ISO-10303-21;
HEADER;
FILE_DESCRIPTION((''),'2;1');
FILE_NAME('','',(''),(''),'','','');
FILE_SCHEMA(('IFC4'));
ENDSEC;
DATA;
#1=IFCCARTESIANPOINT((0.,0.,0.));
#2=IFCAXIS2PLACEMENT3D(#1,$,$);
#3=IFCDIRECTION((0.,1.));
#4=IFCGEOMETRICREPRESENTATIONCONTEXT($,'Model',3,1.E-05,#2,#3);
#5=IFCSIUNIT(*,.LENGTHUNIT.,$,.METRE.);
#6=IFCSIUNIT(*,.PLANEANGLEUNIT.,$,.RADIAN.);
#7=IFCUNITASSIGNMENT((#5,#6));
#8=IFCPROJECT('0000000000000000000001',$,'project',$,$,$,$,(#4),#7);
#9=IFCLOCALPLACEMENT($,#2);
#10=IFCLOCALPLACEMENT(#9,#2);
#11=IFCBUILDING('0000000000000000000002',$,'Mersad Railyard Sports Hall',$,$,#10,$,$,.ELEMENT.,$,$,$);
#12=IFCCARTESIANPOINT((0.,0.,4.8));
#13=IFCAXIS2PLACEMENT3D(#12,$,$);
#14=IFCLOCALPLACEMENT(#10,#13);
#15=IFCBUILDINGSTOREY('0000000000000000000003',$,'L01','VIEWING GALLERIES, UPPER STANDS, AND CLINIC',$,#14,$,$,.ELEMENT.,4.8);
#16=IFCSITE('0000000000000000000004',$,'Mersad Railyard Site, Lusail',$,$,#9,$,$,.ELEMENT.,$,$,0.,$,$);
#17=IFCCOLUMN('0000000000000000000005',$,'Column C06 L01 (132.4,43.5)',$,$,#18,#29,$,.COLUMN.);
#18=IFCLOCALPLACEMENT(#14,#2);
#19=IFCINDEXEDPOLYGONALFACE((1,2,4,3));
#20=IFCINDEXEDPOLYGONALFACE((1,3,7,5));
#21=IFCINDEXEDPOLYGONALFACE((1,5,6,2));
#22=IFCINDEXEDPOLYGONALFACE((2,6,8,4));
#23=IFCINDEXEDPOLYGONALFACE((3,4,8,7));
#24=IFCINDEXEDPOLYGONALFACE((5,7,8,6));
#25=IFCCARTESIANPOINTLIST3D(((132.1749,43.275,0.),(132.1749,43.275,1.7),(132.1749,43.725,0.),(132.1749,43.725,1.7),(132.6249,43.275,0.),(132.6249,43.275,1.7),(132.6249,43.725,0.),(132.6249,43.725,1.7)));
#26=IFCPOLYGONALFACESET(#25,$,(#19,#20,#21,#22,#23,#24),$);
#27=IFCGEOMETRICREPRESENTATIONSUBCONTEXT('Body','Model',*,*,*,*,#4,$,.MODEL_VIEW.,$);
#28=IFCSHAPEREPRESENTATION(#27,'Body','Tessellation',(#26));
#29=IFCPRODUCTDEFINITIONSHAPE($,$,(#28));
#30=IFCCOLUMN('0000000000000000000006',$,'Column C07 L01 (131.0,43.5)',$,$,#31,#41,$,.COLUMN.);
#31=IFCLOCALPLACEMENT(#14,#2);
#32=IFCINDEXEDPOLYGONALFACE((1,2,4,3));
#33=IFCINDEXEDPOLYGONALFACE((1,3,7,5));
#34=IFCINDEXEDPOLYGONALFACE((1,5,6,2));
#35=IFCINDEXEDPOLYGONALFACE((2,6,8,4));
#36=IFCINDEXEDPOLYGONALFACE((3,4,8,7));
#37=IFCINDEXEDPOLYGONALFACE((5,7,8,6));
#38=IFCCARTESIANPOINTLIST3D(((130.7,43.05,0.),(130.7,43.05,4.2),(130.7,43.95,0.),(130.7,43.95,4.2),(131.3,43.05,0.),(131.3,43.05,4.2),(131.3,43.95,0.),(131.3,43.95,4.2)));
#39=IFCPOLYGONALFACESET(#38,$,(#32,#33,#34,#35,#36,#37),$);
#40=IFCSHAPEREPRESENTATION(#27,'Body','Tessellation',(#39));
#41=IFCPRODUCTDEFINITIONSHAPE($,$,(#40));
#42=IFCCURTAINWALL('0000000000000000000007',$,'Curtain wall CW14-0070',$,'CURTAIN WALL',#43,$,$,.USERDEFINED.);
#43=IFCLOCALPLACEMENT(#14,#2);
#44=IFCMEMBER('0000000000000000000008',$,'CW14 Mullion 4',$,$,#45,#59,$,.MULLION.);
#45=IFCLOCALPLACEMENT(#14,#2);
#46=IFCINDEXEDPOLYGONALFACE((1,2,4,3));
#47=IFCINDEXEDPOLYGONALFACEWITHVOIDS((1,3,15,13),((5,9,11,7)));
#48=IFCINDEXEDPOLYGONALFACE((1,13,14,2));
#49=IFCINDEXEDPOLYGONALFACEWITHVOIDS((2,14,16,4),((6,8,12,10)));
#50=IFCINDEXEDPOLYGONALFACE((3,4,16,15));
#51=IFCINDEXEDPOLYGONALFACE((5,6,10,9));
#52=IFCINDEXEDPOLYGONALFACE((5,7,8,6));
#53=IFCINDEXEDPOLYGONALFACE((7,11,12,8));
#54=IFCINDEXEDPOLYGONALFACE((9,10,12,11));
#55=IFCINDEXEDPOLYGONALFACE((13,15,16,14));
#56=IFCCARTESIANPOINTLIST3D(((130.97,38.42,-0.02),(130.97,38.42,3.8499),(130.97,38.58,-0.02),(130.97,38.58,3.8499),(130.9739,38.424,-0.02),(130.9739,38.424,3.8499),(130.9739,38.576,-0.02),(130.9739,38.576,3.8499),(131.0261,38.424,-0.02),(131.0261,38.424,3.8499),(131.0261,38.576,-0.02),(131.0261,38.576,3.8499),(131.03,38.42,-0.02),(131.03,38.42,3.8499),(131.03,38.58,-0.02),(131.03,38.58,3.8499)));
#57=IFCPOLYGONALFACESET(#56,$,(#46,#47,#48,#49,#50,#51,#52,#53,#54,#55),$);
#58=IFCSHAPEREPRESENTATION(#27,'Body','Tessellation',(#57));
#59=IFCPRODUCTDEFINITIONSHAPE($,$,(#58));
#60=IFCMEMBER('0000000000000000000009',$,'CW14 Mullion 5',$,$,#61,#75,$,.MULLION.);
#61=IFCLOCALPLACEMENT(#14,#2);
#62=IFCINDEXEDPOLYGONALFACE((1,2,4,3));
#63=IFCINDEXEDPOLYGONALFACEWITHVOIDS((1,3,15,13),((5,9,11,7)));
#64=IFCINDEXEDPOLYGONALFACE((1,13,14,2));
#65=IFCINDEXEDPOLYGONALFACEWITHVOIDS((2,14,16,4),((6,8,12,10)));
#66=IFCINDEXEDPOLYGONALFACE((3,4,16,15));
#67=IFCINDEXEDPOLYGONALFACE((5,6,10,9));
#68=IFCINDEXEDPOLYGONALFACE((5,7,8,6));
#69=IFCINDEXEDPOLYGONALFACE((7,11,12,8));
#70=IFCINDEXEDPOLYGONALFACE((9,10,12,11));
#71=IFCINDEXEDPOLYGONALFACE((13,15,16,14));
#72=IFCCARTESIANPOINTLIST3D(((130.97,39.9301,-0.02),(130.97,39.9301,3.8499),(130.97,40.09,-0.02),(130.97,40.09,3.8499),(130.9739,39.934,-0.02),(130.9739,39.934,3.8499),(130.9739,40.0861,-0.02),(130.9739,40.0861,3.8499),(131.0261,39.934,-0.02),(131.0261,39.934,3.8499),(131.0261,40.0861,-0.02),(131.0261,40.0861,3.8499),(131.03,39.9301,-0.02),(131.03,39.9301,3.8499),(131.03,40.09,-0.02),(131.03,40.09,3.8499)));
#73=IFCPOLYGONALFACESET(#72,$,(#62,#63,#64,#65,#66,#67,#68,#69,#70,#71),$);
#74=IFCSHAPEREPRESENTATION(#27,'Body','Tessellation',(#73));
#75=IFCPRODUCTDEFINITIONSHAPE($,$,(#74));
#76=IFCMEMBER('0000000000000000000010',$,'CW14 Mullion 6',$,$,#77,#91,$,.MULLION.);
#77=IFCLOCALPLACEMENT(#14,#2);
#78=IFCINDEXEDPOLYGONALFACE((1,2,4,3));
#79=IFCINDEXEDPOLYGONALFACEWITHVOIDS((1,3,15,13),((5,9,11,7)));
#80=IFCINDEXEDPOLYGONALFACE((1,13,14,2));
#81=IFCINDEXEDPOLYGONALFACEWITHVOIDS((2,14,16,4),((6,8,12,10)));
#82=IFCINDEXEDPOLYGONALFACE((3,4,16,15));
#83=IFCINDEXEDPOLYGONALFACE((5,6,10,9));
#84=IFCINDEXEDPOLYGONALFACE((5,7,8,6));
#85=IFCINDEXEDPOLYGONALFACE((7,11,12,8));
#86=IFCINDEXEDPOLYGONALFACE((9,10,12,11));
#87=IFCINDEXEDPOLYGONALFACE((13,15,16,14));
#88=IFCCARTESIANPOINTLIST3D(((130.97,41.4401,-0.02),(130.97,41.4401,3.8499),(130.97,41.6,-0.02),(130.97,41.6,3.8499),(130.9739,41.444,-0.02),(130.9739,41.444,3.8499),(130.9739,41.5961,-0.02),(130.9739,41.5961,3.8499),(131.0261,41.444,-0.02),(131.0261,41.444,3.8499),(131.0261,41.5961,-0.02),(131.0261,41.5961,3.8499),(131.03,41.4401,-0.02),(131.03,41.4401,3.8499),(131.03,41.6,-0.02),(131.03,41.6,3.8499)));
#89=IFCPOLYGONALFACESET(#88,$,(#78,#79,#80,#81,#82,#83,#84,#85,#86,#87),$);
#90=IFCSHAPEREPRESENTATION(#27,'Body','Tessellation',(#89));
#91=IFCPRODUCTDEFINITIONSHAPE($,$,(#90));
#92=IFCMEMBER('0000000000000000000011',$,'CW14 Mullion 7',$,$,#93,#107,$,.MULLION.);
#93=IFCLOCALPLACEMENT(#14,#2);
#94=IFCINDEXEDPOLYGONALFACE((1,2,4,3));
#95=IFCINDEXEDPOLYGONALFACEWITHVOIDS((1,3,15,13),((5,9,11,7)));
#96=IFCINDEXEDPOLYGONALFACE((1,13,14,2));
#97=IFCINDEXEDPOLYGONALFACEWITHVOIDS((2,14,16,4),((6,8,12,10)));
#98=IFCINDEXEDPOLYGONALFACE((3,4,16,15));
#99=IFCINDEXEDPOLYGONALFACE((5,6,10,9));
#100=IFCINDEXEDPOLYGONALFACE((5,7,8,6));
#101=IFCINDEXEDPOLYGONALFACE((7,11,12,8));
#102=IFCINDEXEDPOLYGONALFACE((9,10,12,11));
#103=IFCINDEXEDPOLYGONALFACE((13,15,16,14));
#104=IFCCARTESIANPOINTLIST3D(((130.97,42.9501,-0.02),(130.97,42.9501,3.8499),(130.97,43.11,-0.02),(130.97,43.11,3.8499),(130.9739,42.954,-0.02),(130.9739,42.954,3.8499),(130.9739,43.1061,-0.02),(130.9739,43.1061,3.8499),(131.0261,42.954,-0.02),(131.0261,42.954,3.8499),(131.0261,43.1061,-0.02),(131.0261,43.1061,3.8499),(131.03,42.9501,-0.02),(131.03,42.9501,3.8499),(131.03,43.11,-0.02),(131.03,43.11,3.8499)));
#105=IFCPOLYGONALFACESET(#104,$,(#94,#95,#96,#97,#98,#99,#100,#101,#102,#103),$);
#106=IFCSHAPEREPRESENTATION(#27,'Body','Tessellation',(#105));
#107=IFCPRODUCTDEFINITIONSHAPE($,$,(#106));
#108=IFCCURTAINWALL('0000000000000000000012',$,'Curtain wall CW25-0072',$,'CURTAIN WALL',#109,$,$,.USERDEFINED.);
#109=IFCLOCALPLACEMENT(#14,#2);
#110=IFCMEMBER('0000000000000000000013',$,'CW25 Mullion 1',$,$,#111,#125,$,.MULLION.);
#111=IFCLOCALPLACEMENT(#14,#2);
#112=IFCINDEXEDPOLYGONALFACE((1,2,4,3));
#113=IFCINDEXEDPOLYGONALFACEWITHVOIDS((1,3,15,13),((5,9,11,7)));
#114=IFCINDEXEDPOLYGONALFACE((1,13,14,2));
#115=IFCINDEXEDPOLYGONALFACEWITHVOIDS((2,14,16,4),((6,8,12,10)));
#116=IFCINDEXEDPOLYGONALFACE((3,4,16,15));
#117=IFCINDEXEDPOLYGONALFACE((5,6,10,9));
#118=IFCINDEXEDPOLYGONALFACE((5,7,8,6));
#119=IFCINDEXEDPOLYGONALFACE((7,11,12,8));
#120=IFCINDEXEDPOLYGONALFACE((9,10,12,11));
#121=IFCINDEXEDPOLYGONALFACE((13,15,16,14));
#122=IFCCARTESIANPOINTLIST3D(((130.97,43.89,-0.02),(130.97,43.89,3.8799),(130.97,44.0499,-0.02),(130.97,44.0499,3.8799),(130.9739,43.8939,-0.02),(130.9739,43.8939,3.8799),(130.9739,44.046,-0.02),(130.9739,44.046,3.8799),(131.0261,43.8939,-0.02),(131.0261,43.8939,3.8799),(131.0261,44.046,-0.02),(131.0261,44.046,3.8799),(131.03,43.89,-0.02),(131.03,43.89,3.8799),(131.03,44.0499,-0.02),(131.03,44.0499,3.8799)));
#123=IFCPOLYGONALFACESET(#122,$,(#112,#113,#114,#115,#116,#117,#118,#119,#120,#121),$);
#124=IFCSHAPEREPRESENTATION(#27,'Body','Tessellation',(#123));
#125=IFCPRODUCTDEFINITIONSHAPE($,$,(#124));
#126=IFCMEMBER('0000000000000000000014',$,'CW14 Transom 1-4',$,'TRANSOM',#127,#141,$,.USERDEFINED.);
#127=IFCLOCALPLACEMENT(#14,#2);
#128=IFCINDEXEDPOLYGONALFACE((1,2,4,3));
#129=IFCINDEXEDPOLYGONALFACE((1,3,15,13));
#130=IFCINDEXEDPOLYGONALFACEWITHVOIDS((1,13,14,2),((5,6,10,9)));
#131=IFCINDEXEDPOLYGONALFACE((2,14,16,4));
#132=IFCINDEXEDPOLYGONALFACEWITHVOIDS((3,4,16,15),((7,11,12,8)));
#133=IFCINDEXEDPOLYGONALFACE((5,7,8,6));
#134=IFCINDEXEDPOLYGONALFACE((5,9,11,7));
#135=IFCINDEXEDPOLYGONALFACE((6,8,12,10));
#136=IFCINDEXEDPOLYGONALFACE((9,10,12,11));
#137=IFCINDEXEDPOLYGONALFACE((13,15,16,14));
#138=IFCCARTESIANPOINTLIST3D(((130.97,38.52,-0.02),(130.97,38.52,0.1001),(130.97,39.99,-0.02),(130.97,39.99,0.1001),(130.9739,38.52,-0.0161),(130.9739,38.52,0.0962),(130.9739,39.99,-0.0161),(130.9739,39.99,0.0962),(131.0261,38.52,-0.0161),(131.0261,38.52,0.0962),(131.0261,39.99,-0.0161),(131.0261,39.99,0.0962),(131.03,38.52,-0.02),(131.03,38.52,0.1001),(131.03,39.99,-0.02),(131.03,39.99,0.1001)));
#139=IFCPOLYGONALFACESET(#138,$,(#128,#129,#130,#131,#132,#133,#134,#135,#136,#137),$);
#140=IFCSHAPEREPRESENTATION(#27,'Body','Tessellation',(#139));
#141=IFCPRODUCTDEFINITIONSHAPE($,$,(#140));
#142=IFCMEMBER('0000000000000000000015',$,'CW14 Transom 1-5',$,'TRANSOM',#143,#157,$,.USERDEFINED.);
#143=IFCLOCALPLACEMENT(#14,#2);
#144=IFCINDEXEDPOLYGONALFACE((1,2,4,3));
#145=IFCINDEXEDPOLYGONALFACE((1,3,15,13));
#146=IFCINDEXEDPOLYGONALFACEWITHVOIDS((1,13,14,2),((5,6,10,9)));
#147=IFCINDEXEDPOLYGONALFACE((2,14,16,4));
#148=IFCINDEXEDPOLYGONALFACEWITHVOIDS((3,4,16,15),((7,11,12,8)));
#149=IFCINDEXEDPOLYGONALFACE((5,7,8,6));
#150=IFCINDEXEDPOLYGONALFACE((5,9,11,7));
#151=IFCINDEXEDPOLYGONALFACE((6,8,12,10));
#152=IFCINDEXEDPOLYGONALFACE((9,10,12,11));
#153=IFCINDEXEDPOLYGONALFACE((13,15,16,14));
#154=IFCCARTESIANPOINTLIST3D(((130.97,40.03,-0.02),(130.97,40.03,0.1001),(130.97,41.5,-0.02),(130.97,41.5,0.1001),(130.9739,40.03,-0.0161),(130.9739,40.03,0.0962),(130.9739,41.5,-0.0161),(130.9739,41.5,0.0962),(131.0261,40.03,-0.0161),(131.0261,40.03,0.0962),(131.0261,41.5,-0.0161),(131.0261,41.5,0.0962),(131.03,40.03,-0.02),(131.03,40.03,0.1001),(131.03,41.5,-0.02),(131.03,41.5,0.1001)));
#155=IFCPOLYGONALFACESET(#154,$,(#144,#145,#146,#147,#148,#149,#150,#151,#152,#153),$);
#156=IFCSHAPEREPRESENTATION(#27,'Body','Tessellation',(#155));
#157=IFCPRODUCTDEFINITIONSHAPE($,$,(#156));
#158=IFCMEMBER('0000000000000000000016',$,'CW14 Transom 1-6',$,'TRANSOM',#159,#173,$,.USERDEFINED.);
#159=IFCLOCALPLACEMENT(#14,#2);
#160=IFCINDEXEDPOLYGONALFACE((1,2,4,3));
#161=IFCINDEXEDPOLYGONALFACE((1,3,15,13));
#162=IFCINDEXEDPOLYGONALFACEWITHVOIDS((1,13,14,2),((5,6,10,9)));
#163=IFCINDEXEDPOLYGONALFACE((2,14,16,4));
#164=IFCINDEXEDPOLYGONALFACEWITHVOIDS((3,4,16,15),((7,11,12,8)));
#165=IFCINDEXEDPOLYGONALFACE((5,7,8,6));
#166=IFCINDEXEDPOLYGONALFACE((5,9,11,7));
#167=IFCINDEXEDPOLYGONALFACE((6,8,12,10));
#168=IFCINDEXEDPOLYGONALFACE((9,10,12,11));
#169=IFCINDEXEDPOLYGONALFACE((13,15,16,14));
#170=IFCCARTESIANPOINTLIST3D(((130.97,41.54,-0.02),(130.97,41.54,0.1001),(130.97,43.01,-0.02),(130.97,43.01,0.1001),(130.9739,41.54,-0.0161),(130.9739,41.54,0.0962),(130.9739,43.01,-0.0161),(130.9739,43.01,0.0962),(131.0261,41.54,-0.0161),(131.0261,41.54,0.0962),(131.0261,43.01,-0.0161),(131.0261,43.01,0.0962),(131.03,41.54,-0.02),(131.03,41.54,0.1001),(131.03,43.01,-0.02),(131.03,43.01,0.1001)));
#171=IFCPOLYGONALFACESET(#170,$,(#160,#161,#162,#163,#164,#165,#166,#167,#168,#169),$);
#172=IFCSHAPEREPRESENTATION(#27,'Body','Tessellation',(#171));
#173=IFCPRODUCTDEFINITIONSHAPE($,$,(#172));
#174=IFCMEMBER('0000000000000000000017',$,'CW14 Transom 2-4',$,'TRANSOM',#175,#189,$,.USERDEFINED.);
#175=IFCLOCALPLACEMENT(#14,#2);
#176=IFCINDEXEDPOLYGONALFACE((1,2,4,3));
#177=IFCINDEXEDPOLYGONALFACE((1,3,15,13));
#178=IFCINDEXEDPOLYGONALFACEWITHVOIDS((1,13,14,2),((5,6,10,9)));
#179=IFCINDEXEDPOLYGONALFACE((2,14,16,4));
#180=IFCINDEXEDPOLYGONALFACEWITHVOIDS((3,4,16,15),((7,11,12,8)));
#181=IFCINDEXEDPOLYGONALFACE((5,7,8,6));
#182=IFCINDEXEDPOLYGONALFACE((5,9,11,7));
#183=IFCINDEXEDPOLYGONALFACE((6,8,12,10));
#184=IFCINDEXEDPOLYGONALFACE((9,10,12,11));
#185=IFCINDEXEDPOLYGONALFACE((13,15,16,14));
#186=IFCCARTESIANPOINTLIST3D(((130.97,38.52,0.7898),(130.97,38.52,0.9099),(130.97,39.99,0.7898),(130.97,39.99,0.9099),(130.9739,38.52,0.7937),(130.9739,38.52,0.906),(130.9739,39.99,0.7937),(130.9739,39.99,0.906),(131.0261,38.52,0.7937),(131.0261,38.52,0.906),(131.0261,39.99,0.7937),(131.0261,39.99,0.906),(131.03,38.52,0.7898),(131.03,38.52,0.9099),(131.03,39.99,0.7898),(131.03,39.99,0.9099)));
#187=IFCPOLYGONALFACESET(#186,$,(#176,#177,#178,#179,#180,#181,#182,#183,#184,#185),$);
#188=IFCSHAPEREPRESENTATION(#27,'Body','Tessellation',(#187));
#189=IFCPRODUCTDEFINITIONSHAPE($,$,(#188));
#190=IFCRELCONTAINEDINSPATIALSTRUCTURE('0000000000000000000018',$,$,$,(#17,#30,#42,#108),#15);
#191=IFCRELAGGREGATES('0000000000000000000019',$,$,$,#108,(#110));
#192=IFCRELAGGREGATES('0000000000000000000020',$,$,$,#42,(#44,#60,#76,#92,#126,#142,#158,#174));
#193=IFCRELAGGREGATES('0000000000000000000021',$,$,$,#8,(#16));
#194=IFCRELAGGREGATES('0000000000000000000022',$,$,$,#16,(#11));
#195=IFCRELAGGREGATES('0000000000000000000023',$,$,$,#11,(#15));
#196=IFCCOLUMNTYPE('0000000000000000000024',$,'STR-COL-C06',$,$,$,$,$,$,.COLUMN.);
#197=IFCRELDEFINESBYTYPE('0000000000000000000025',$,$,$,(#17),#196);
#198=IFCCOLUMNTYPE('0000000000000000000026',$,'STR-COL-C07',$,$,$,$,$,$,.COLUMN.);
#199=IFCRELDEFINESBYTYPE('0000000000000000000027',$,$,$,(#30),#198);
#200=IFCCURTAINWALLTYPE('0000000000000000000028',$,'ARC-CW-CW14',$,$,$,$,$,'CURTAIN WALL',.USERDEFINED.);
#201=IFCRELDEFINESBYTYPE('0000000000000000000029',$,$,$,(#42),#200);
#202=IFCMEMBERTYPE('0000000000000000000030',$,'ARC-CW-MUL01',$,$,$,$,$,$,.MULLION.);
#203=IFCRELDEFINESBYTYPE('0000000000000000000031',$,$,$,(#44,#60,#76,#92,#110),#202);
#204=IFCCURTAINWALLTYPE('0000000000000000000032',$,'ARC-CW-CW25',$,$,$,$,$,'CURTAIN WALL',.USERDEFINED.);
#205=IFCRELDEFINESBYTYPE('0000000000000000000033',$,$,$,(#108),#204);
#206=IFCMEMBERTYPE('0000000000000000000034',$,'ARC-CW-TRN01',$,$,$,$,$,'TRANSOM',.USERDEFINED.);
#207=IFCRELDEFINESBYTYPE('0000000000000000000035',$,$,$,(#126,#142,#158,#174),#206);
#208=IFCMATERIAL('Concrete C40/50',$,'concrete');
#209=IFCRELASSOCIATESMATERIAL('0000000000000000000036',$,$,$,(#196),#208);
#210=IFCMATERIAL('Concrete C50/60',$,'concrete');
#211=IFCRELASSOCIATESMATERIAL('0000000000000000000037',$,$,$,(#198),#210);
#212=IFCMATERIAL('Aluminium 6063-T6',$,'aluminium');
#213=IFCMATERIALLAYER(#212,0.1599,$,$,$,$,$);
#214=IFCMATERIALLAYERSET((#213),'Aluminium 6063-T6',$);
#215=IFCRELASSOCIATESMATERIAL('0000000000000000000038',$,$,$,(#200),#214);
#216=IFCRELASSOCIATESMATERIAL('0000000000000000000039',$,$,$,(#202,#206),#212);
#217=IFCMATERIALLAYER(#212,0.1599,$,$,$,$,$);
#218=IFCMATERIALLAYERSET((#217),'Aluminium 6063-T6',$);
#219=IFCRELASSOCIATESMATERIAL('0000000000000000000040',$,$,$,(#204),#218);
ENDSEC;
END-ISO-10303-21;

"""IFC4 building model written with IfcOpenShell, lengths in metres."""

from ifc_helpers import new_model, si_unit, direction, frame, origin, origin_2d, place, context, subcontext, project, spatial, rectangle, hollow_rectangle, extrude, material, layer, layer_set, material_profile, profile_set, type_object, element, aggregate, save


model = new_model("IFC4")

# Units and contexts
model_context = context("Model", 3, precision=1e-05, world=origin(), true_north=direction((0.0, 1.0)))
body_context = subcontext(model_context, "Body", "Model", "MODEL_VIEW")
ifc_project = project(units=[si_unit("LENGTHUNIT", "METRE"), si_unit("PLANEANGLEUNIT", "RADIAN")], contexts=[model_context])

# Site, building, storey
site_placement = place(None, origin())
site = spatial("IfcSite", under=ifc_project, at=site_placement, Name="Mersad Railyard Site, Lusail", CompositionType="ELEMENT", RefElevation=0.0)
building_placement = place(site_placement, origin())
building = spatial("IfcBuilding", under=site, at=building_placement, Name="Mersad Railyard Sports Hall", CompositionType="ELEMENT")
storey_placement = place(building_placement, frame((0.0, 0.0, 4.8)))
storey = spatial("IfcBuildingStorey", under=building, at=storey_placement, Name="L01", Description="VIEWING GALLERIES, UPPER STANDS, AND CLINIC", CompositionType="ELEMENT", Elevation=4.8)

# Columns
ifc_material_1 = material(Name="Concrete C40/50", Category="concrete")
ifc_material_profile_1 = material_profile(ifc_material_1, rectangle(XDim=0.45, YDim=0.45, at=origin_2d()), Name="RC 450x450")
ifc_profile_set_1 = profile_set([ifc_material_profile_1], Name="Concrete C40/50")
column_type_1 = type_object("IfcColumnType", Name="STR-COL-C06", PredefinedType="COLUMN", material=ifc_profile_set_1)
column_1_placement = place(storey_placement, frame((132.3999, 43.5, 0.0), z_axis=(0.0, 0.0, 1.0), x_axis=(1.0, 0.0, 0.0)))
element("IfcColumn", 1, at=column_1_placement, inside=storey, type_object=column_type_1, Name="Column C06 L01 (132.4,43.5)", PredefinedType="COLUMN", context=body_context, shape_type="SweptSolid", body=[
    extrude(rectangle(XDim=0.45, YDim=0.45, at=origin_2d()), origin(), (0.0, 0.0, 1.0), 1.7),
])
ifc_material_2 = material(Name="Concrete C50/60", Category="concrete")
ifc_material_profile_2 = material_profile(ifc_material_2, rectangle(XDim=0.6001, YDim=0.8999, at=origin_2d()), Name="RC 600x900")
ifc_profile_set_2 = profile_set([ifc_material_profile_2], Name="Concrete C50/60")
column_type_2 = type_object("IfcColumnType", Name="STR-COL-C07", PredefinedType="COLUMN", material=ifc_profile_set_2)
column_2_placement = place(storey_placement, frame((131.0, 43.5, 0.0), z_axis=(0.0, 0.0, 1.0), x_axis=(1.0, 0.0, 0.0)))
element("IfcColumn", 2, at=column_2_placement, inside=storey, type_object=column_type_2, Name="Column C07 L01 (131.0,43.5)", PredefinedType="COLUMN", context=body_context, shape_type="SweptSolid", body=[
    extrude(rectangle(XDim=0.6001, YDim=0.8999, at=origin_2d()), origin(), (0.0, 0.0, 1.0), 4.2),
])

# Curtain wall, members
ifc_material_3 = material(Name="Aluminium 6063-T6", Category="aluminium")
ifc_layer_1 = layer(ifc_material_3, 0.1599)
ifc_layer_set_1 = layer_set([ifc_layer_1], Name="Aluminium 6063-T6")
curtain_wall_type_1 = type_object("IfcCurtainWallType", Name="ARC-CW-CW14", ElementType="CURTAIN WALL", PredefinedType="USERDEFINED", material=ifc_layer_set_1)
curtain_wall_1_placement = place(storey_placement, origin())
curtain_wall_1 = element("IfcCurtainWall", 3, at=curtain_wall_1_placement, inside=storey, type_object=curtain_wall_type_1, Name="Curtain wall CW14-0070", ObjectType="CURTAIN WALL", PredefinedType="USERDEFINED")
ifc_material_profile_3 = material_profile(ifc_material_3, hollow_rectangle(XDim=0.0601, YDim=0.1599, WallThickness=0.0039, at=origin_2d()), Name="AL MULLION 60x160x4")
ifc_profile_set_3 = profile_set([ifc_material_profile_3], Name="Aluminium 6063-T6")
member_type_1 = type_object("IfcMemberType", Name="ARC-CW-MUL01", PredefinedType="MULLION", material=ifc_profile_set_3)
member_1_placement = place(storey_placement, frame((131.0, 38.5, -0.02), z_axis=(0.0, 0.0, 1.0), x_axis=(1.0, 0.0, 0.0)))
member_1 = element("IfcMember", 4, at=member_1_placement, type_object=member_type_1, Name="CW14 Mullion 4", PredefinedType="MULLION", context=body_context, shape_type="SweptSolid", body=[
    extrude(hollow_rectangle(XDim=0.0601, YDim=0.1599, WallThickness=0.0039, at=origin_2d()), origin(), (0.0, 0.0, 1.0), 3.8699),
])
member_2_placement = place(storey_placement, frame((131.0, 40.01, -0.02), z_axis=(0.0, 0.0, 1.0), x_axis=(1.0, 0.0, 0.0)))
member_2 = element("IfcMember", 5, at=member_2_placement, type_object=member_type_1, Name="CW14 Mullion 5", PredefinedType="MULLION", context=body_context, shape_type="SweptSolid", body=[
    extrude(hollow_rectangle(XDim=0.0601, YDim=0.1599, WallThickness=0.0039, at=origin_2d()), origin(), (0.0, 0.0, 1.0), 3.8699),
])
member_3_placement = place(storey_placement, frame((131.0, 41.52, -0.02), z_axis=(0.0, 0.0, 1.0), x_axis=(1.0, 0.0, 0.0)))
member_3 = element("IfcMember", 6, at=member_3_placement, type_object=member_type_1, Name="CW14 Mullion 6", PredefinedType="MULLION", context=body_context, shape_type="SweptSolid", body=[
    extrude(hollow_rectangle(XDim=0.0601, YDim=0.1599, WallThickness=0.0039, at=origin_2d()), origin(), (0.0, 0.0, 1.0), 3.8699),
])
member_4_placement = place(storey_placement, frame((131.0, 43.03, -0.02), z_axis=(0.0, 0.0, 1.0), x_axis=(1.0, 0.0, 0.0)))
member_4 = element("IfcMember", 7, at=member_4_placement, type_object=member_type_1, Name="CW14 Mullion 7", PredefinedType="MULLION", context=body_context, shape_type="SweptSolid", body=[
    extrude(hollow_rectangle(XDim=0.0601, YDim=0.1599, WallThickness=0.0039, at=origin_2d()), origin(), (0.0, 0.0, 1.0), 3.8699),
])

# Curtain wall, member
ifc_layer_2 = layer(ifc_material_3, 0.1599)
ifc_layer_set_2 = layer_set([ifc_layer_2], Name="Aluminium 6063-T6")
curtain_wall_type_2 = type_object("IfcCurtainWallType", Name="ARC-CW-CW25", ElementType="CURTAIN WALL", PredefinedType="USERDEFINED", material=ifc_layer_set_2)
curtain_wall_2_placement = place(storey_placement, origin())
curtain_wall_2 = element("IfcCurtainWall", 8, at=curtain_wall_2_placement, inside=storey, type_object=curtain_wall_type_2, Name="Curtain wall CW25-0072", ObjectType="CURTAIN WALL", PredefinedType="USERDEFINED")
member_5_placement = place(storey_placement, frame((131.0, 43.97, -0.02), z_axis=(0.0, 0.0, 1.0), x_axis=(1.0, 0.0, 0.0)))
member_5 = element("IfcMember", 9, at=member_5_placement, type_object=member_type_1, Name="CW25 Mullion 1", PredefinedType="MULLION", context=body_context, shape_type="SweptSolid", body=[
    extrude(hollow_rectangle(XDim=0.0601, YDim=0.1599, WallThickness=0.0039, at=origin_2d()), origin(), (0.0, 0.0, 1.0), 3.8999),
])
aggregate(curtain_wall_2, [member_5])

# Members
ifc_material_profile_4 = material_profile(ifc_material_3, hollow_rectangle(XDim=0.0601, YDim=0.1201, WallThickness=0.0039, at=origin_2d()), Name="AL TRANSOM 60x120x4")
ifc_profile_set_4 = profile_set([ifc_material_profile_4], Name="Aluminium 6063-T6")
member_type_2 = type_object("IfcMemberType", Name="ARC-CW-TRN01", ElementType="TRANSOM", PredefinedType="USERDEFINED", material=ifc_profile_set_4)
member_6_placement = place(storey_placement, frame((131.0, 38.52, 0.04), z_axis=(0.0, 1.0, 0.0), x_axis=(-1.0, 0.0, 0.0)))
member_6 = element("IfcMember", 10, at=member_6_placement, type_object=member_type_2, Name="CW14 Transom 1-4", ObjectType="TRANSOM", PredefinedType="USERDEFINED", context=body_context, shape_type="SweptSolid", body=[
    extrude(hollow_rectangle(XDim=0.0601, YDim=0.1201, WallThickness=0.0039, at=origin_2d()), origin(), (0.0, 0.0, 1.0), 1.47),
])
member_7_placement = place(storey_placement, frame((131.0, 40.03, 0.04), z_axis=(0.0, 1.0, 0.0), x_axis=(-1.0, 0.0, 0.0)))
member_7 = element("IfcMember", 11, at=member_7_placement, type_object=member_type_2, Name="CW14 Transom 1-5", ObjectType="TRANSOM", PredefinedType="USERDEFINED", context=body_context, shape_type="SweptSolid", body=[
    extrude(hollow_rectangle(XDim=0.0601, YDim=0.1201, WallThickness=0.0039, at=origin_2d()), origin(), (0.0, 0.0, 1.0), 1.47),
])
member_8_placement = place(storey_placement, frame((131.0, 41.54, 0.04), z_axis=(0.0, 1.0, 0.0), x_axis=(-1.0, 0.0, 0.0)))
member_8 = element("IfcMember", 12, at=member_8_placement, type_object=member_type_2, Name="CW14 Transom 1-6", ObjectType="TRANSOM", PredefinedType="USERDEFINED", context=body_context, shape_type="SweptSolid", body=[
    extrude(hollow_rectangle(XDim=0.0601, YDim=0.1201, WallThickness=0.0039, at=origin_2d()), origin(), (0.0, 0.0, 1.0), 1.47),
])
member_9_placement = place(storey_placement, frame((131.0, 38.52, 0.8499), z_axis=(0.0, 1.0, 0.0), x_axis=(-1.0, 0.0, 0.0)))
member_9 = element("IfcMember", 13, at=member_9_placement, type_object=member_type_2, Name="CW14 Transom 2-4", ObjectType="TRANSOM", PredefinedType="USERDEFINED", context=body_context, shape_type="SweptSolid", body=[
    extrude(hollow_rectangle(XDim=0.0601, YDim=0.1201, WallThickness=0.0039, at=origin_2d()), origin(), (0.0, 0.0, 1.0), 1.47),
])

aggregate(curtain_wall_1, [member_1, member_2, member_3, member_4, member_6, member_7, member_8, member_9])

save(model, "model.ifc")
